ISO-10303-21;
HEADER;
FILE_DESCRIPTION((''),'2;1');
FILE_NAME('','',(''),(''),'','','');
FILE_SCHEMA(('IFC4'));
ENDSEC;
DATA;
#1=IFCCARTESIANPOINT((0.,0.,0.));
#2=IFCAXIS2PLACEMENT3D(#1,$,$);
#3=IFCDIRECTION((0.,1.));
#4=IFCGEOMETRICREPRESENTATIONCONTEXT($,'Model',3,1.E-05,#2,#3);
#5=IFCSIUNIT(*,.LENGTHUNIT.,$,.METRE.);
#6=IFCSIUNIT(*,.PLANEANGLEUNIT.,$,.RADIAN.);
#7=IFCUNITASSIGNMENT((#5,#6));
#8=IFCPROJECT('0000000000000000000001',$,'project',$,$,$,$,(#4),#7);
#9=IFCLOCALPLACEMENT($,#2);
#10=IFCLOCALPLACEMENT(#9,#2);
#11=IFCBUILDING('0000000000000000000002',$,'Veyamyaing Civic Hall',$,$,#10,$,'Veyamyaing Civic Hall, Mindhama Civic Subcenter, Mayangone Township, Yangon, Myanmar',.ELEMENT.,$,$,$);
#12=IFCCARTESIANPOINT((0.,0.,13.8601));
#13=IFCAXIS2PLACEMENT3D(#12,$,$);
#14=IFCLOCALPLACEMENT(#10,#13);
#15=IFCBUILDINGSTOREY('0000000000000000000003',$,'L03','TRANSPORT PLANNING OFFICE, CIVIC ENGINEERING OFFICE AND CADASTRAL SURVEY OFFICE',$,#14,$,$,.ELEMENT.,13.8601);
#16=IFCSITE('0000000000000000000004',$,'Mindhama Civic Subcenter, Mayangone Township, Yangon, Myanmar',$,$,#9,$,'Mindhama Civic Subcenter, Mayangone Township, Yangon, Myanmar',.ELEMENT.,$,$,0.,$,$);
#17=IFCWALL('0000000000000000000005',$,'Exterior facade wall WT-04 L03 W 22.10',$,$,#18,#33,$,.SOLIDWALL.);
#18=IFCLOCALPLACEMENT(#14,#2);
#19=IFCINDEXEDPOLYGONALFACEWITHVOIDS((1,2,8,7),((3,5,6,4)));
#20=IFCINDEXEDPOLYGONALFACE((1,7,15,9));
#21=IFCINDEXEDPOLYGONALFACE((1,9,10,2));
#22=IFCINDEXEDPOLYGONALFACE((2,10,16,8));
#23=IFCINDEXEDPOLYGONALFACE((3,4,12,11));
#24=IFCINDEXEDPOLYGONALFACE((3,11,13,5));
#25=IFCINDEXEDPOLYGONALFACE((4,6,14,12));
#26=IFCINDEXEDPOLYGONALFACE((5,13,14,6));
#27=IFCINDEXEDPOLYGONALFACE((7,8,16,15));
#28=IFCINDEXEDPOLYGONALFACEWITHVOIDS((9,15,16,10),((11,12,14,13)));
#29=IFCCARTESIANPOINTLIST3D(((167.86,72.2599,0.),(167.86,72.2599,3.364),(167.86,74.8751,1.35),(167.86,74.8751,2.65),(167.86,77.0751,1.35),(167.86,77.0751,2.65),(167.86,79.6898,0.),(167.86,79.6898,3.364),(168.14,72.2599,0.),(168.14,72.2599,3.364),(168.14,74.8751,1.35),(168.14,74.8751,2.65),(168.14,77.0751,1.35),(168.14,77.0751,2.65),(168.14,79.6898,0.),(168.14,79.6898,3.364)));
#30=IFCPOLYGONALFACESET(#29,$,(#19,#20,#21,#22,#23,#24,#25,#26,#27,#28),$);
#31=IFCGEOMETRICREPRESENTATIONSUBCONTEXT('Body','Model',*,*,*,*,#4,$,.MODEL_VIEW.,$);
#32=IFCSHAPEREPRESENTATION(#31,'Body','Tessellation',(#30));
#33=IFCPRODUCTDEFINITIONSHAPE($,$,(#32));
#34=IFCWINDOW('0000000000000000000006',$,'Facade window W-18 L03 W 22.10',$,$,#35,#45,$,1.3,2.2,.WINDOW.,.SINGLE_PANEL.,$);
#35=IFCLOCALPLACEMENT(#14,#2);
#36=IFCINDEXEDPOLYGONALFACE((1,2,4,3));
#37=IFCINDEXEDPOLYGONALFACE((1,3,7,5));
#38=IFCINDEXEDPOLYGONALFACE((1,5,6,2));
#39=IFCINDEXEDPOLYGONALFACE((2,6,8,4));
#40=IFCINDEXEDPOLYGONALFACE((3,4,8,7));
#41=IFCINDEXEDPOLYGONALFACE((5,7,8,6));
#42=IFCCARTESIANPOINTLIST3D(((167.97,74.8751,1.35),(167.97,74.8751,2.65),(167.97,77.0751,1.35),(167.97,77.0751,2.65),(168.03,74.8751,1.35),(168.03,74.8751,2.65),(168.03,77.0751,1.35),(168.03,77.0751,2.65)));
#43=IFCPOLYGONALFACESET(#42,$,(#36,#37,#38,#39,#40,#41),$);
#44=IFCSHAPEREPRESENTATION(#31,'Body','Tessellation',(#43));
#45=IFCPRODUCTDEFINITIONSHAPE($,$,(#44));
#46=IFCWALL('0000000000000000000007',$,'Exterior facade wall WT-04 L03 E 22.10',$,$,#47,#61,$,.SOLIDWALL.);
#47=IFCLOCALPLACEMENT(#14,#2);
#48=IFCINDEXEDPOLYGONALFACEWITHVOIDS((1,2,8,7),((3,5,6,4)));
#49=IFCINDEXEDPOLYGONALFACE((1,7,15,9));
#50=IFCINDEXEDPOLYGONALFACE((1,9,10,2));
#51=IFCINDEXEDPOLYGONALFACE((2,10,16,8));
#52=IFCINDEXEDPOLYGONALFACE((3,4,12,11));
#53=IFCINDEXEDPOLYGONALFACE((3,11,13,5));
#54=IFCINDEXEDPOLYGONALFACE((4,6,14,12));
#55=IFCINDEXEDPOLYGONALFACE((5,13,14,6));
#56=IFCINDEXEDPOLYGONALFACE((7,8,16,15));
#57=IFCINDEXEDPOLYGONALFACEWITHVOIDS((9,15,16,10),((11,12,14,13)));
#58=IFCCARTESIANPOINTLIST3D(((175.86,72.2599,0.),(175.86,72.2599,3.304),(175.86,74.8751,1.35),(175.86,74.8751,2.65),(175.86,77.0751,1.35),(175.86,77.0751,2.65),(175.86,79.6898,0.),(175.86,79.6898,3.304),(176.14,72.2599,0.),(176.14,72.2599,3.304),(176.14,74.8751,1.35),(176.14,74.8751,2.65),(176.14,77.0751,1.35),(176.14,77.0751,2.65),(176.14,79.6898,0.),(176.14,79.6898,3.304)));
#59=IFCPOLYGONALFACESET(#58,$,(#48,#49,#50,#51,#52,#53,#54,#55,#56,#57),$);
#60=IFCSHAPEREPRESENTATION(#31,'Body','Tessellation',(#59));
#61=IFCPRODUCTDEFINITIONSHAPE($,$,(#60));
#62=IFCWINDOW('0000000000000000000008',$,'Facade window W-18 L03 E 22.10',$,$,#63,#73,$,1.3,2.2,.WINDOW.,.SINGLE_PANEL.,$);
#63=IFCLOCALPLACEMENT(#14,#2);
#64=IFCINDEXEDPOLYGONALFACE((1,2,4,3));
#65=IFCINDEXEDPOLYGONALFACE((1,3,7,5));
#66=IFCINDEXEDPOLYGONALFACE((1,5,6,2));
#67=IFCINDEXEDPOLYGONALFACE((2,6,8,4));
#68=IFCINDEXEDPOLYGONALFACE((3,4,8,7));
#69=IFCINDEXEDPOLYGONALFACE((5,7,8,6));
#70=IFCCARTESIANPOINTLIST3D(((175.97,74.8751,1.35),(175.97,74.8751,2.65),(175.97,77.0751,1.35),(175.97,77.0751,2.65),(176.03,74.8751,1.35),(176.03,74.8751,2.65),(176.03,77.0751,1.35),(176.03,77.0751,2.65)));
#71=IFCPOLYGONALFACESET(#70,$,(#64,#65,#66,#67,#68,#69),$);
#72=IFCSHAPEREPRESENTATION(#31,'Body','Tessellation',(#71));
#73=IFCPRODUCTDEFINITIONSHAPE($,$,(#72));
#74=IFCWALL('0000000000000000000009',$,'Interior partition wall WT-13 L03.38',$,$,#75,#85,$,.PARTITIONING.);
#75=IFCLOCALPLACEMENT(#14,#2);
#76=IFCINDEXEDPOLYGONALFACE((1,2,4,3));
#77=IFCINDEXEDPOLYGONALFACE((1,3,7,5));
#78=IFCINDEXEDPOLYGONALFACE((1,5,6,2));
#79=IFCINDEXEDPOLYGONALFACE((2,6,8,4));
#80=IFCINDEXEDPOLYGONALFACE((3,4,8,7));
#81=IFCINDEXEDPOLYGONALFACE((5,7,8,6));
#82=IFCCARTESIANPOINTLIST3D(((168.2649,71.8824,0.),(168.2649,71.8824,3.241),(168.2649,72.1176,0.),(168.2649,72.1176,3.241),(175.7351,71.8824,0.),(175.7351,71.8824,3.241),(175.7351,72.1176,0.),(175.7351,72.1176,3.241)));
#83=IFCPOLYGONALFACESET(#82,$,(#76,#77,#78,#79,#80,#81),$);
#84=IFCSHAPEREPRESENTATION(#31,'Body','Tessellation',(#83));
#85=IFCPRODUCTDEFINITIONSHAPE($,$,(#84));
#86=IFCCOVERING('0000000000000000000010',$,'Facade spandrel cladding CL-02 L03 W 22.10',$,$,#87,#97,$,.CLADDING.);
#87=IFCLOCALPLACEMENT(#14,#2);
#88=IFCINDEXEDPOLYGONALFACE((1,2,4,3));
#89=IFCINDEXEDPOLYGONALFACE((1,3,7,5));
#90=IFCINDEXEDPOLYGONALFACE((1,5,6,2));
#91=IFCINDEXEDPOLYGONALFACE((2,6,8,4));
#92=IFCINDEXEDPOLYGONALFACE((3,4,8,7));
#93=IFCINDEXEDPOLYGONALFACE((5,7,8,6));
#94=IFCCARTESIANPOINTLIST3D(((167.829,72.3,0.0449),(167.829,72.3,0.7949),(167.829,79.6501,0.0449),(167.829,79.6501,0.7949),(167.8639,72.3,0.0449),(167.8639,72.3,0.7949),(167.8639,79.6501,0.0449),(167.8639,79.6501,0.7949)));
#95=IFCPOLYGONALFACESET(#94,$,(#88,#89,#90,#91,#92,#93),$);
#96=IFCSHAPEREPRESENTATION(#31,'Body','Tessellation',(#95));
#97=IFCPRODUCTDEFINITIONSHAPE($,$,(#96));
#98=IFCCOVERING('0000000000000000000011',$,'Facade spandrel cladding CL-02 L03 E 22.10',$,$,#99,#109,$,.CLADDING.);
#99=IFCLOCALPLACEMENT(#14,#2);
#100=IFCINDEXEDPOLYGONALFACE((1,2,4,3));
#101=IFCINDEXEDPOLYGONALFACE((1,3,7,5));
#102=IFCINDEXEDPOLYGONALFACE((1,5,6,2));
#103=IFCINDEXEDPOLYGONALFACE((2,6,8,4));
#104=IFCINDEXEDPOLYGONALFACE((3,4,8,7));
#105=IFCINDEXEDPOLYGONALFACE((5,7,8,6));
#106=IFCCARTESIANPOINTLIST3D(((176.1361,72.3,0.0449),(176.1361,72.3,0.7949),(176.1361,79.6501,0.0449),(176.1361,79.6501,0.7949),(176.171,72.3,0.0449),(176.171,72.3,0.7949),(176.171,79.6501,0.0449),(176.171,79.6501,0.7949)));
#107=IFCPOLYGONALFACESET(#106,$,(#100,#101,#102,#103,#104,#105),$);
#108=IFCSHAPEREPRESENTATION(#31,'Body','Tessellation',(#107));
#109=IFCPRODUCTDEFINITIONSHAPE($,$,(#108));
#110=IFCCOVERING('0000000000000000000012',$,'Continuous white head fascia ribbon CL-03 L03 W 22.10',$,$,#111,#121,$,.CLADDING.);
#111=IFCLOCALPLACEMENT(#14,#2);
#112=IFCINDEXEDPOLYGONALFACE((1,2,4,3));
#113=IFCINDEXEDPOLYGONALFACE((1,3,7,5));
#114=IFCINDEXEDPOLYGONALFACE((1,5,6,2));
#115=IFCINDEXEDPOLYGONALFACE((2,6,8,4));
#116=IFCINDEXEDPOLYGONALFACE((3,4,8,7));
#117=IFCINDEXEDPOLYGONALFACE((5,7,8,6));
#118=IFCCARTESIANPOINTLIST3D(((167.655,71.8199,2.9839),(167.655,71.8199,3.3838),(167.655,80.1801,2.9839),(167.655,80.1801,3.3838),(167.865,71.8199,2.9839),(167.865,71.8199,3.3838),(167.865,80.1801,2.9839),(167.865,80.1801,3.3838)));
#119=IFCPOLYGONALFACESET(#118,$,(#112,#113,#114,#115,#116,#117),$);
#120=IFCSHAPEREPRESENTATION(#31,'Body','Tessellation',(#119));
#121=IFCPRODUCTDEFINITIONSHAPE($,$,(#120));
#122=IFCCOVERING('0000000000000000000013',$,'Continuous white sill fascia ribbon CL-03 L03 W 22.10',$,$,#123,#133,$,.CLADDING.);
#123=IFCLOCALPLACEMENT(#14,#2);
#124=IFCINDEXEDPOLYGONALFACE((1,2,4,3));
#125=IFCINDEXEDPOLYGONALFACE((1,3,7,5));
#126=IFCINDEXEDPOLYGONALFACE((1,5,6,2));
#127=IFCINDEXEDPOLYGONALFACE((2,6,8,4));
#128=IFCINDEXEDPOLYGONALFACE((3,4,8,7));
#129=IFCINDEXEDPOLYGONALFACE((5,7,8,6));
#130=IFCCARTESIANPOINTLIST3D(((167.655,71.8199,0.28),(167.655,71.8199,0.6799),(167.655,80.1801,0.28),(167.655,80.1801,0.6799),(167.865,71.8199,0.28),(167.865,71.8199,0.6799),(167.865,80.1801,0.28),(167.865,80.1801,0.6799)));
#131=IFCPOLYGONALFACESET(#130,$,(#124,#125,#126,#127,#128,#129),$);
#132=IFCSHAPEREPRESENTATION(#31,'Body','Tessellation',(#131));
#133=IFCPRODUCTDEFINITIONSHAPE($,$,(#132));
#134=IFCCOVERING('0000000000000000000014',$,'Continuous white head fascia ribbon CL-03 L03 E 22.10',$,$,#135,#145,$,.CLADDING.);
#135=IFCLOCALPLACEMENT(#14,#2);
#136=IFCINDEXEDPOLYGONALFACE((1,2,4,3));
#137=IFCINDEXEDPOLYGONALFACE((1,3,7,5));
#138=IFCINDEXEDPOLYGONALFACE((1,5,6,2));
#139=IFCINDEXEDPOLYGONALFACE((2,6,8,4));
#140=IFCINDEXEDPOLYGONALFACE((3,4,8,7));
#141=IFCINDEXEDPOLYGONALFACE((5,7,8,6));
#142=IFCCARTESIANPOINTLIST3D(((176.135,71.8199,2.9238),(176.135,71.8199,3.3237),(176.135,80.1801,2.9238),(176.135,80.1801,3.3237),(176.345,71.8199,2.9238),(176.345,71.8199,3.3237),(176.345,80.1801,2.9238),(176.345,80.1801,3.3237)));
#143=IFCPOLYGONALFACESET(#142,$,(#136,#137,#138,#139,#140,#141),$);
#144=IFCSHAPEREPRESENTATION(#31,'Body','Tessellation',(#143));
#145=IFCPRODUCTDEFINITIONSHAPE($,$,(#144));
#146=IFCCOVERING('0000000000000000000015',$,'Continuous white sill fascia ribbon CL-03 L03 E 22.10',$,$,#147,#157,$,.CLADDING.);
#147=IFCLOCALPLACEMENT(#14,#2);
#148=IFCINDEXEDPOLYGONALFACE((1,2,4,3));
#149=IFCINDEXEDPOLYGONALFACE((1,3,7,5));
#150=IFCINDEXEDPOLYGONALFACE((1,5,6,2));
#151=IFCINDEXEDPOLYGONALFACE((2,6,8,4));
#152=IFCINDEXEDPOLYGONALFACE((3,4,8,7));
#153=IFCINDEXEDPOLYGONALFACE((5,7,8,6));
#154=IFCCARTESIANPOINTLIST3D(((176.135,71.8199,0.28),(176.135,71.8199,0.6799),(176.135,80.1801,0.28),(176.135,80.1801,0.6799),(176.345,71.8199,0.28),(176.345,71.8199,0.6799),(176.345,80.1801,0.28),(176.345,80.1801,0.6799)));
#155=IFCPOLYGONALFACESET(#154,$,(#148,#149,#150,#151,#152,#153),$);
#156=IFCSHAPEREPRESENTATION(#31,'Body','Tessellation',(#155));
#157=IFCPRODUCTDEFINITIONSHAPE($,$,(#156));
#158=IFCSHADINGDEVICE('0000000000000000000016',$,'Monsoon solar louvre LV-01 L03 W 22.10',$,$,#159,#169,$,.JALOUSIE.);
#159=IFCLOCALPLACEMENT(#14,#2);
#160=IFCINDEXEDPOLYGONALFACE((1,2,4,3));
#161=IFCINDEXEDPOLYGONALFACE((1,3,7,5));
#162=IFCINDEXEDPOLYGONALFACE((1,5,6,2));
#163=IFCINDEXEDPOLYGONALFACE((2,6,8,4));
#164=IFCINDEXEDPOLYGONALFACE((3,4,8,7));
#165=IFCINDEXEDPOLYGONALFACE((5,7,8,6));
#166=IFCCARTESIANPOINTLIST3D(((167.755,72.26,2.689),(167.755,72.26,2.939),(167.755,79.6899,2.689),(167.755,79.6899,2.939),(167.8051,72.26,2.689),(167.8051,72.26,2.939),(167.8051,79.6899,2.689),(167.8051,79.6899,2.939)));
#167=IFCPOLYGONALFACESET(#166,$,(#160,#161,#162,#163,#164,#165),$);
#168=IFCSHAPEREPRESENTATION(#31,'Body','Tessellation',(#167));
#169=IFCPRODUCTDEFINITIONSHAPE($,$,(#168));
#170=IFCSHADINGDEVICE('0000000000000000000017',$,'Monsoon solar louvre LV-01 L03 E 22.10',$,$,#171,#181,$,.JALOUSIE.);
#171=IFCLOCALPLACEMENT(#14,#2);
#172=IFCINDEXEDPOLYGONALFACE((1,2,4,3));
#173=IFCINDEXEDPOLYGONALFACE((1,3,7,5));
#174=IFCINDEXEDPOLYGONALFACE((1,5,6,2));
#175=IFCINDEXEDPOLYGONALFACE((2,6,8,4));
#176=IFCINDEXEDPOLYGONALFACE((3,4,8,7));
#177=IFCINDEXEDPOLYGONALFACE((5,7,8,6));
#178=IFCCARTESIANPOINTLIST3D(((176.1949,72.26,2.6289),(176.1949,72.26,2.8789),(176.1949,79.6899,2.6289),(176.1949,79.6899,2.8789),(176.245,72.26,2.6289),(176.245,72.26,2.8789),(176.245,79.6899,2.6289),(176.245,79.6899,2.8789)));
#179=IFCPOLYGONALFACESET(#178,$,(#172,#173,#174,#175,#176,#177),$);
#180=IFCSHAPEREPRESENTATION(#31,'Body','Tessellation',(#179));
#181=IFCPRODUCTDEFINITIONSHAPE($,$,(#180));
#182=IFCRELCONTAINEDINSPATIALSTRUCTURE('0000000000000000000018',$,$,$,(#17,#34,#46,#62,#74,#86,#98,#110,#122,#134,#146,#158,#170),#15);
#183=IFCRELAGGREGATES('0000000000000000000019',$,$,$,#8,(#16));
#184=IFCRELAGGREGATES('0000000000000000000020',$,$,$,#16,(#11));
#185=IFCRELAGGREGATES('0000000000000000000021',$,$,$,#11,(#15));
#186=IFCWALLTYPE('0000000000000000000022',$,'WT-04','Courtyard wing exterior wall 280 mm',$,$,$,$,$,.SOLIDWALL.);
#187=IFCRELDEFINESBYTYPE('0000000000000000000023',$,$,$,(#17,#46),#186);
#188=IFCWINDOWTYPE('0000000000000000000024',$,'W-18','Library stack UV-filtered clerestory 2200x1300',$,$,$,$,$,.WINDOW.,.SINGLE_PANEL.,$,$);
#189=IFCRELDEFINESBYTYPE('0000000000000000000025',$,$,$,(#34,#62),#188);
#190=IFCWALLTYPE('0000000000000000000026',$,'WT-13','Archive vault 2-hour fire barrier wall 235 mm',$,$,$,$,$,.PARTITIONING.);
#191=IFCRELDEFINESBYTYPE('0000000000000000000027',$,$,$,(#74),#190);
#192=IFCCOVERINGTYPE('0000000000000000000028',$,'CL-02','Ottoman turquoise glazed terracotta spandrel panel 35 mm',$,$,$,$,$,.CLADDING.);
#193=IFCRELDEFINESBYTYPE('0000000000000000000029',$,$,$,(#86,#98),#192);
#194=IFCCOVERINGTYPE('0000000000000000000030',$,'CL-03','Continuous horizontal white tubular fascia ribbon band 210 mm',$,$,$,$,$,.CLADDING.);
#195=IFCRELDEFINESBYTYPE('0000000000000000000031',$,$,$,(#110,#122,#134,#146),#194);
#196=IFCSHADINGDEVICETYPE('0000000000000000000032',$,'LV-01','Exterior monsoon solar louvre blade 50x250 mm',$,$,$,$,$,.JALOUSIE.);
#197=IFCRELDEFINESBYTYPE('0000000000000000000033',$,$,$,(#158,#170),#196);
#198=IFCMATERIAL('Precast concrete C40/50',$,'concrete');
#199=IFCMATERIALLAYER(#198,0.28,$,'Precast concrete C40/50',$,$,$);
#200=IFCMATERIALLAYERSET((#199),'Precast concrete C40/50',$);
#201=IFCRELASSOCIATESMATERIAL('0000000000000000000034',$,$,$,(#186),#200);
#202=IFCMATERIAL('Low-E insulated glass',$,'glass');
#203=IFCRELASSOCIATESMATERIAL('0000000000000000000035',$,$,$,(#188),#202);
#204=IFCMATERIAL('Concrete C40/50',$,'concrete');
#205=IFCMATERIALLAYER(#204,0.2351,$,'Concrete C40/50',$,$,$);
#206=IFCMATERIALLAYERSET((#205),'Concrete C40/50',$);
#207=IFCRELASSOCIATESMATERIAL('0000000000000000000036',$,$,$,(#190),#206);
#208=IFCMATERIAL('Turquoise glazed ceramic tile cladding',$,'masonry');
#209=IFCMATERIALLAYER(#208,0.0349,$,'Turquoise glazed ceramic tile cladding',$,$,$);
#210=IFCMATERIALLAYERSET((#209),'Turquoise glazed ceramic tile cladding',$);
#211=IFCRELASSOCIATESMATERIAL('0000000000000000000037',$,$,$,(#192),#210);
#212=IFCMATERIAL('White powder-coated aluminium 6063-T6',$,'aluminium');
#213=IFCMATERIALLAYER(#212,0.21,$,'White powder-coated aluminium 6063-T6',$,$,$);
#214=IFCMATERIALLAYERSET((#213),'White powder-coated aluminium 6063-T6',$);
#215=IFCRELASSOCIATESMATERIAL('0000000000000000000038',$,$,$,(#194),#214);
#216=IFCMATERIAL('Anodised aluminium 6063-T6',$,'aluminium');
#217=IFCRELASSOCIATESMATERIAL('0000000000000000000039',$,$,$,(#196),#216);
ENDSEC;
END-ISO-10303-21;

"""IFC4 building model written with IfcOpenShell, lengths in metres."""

from ifc_helpers import new_model, si_unit, direction, frame, frame_2d, origin, origin_2d, place, context, subcontext, project, spatial, rectangle, extrude, material, layer, layer_set, material_profile, profile_set, type_object, element, fill, save


model = new_model("IFC4")

# Units and contexts
model_context = context("Model", 3, precision=1e-05, world=origin(), true_north=direction((0.0, 1.0)))
body_context = subcontext(model_context, "Body", "Model", "MODEL_VIEW")
ifc_project = project(units=[si_unit("LENGTHUNIT", "METRE"), si_unit("PLANEANGLEUNIT", "RADIAN")], contexts=[model_context])

# Site, building, storey
site_placement = place(None, origin())
site = spatial("IfcSite", under=ifc_project, at=site_placement, Name="Mindhama Civic Subcenter, Mayangone Township, Yangon, Myanmar", LongName="Mindhama Civic Subcenter, Mayangone Township, Yangon, Myanmar", CompositionType="ELEMENT", RefElevation=0.0)
building_placement = place(site_placement, origin())
building = spatial("IfcBuilding", under=site, at=building_placement, Name="Veyamyaing Civic Hall", LongName="Veyamyaing Civic Hall, Mindhama Civic Subcenter, Mayangone Township, Yangon, Myanmar", CompositionType="ELEMENT")
storey_placement = place(building_placement, frame((0.0, 0.0, 13.8601)))
storey = spatial("IfcBuildingStorey", under=building, at=storey_placement, Name="L03", Description="TRANSPORT PLANNING OFFICE, CIVIC ENGINEERING OFFICE AND CADASTRAL SURVEY OFFICE", CompositionType="ELEMENT", Elevation=13.8601)

# Shared definitions
ifc_material_1 = material(Name="Anodised aluminium 6063-T6", Category="aluminium")

# Shared definitions
ifc_material_2 = material(Name="Low-E insulated glass", Category="glass")

# Walls, openings, windows
ifc_material_3 = material(Name="Precast concrete C40/50", Category="concrete")
ifc_layer_1 = layer(ifc_material_3, 0.28, Name="Precast concrete C40/50")
ifc_layer_set_1 = layer_set([ifc_layer_1], Name="Precast concrete C40/50")
wall_type_1 = type_object("IfcWallType", Name="WT-04", Description="Courtyard wing exterior wall 280 mm", PredefinedType="SOLIDWALL", material=ifc_layer_set_1)
wall_1_placement = place(storey_placement, frame((168.0, 72.26, 0.0), z_axis=(0.0, 0.0, 1.0), x_axis=(0.0, 1.0, 0.0)))
wall_1 = element("IfcWall", 1, at=wall_1_placement, inside=storey, type_object=wall_type_1, Name="Exterior facade wall WT-04 L03 W 22.10", PredefinedType="SOLIDWALL", context=body_context, shape_type="SweptSolid", body=[
    extrude(rectangle(XDim=7.4299, YDim=0.28, at=frame_2d((3.7148, 0.0))), origin(), (0.0, 0.0, 1.0), 3.364),
])
opening_1_placement = place(wall_1_placement, frame((2.615, 0.0, 1.3501)))
opening_1 = element("IfcOpeningElement", 2, at=opening_1_placement, cuts=wall_1, PredefinedType="OPENING", context=body_context, shape_type="SweptSolid", body=[
    extrude(rectangle(XDim=2.2, YDim=1.3, at=frame_2d((1.1001, 0.6499))), frame((0.0, 0.1499, 0.0), z_axis=(0.0, -1.0, 0.0), x_axis=(1.0, 0.0, 0.0)), (0.0, 0.0, 1.0), 0.3),
])
window_type = type_object("IfcWindowType", Name="W-18", Description="Library stack UV-filtered clerestory 2200x1300", PartitioningType="SINGLE_PANEL", PredefinedType="WINDOW", material=ifc_material_2)
window_1_placement = place(opening_1_placement, origin())
window_1 = element("IfcWindow", 3, at=window_1_placement, inside=storey, type_object=window_type, Name="Facade window W-18 L03 W 22.10", OverallHeight=1.3, OverallWidth=2.2, PartitioningType="SINGLE_PANEL", PredefinedType="WINDOW", context=body_context, shape_type="SweptSolid", body=[
    extrude(rectangle(XDim=2.2, YDim=1.3, at=frame_2d((1.1001, 0.6499))), frame((0.0, 0.03, 0.0), z_axis=(0.0, -1.0, 0.0), x_axis=(1.0, 0.0, 0.0)), (0.0, 0.0, 1.0), 0.0601),
])
fill(opening_1, window_1)
wall_2_placement = place(storey_placement, frame((176.0, 72.26, 0.0), z_axis=(0.0, 0.0, 1.0), x_axis=(0.0, 1.0, 0.0)))
wall_2 = element("IfcWall", 4, at=wall_2_placement, inside=storey, type_object=wall_type_1, Name="Exterior facade wall WT-04 L03 E 22.10", PredefinedType="SOLIDWALL", context=body_context, shape_type="SweptSolid", body=[
    extrude(rectangle(XDim=7.4299, YDim=0.28, at=frame_2d((3.7148, 0.0))), origin(), (0.0, 0.0, 1.0), 3.304),
])
opening_2_placement = place(wall_2_placement, frame((2.615, 0.0, 1.3501)))
opening_2 = element("IfcOpeningElement", 5, at=opening_2_placement, cuts=wall_2, PredefinedType="OPENING", context=body_context, shape_type="SweptSolid", body=[
    extrude(rectangle(XDim=2.2, YDim=1.3, at=frame_2d((1.1001, 0.6499))), frame((0.0, 0.1499, 0.0), z_axis=(0.0, -1.0, 0.0), x_axis=(1.0, 0.0, 0.0)), (0.0, 0.0, 1.0), 0.3),
])
window_2_placement = place(opening_2_placement, origin())
window_2 = element("IfcWindow", 6, at=window_2_placement, inside=storey, type_object=window_type, Name="Facade window W-18 L03 E 22.10", OverallHeight=1.3, OverallWidth=2.2, PartitioningType="SINGLE_PANEL", PredefinedType="WINDOW", context=body_context, shape_type="SweptSolid", body=[
    extrude(rectangle(XDim=2.2, YDim=1.3, at=frame_2d((1.1001, 0.6499))), frame((0.0, 0.03, 0.0), z_axis=(0.0, -1.0, 0.0), x_axis=(1.0, 0.0, 0.0)), (0.0, 0.0, 1.0), 0.0601),
])
fill(opening_2, window_2)

# Wall
ifc_material_4 = material(Name="Concrete C40/50", Category="concrete")
ifc_layer_2 = layer(ifc_material_4, 0.2351, Name="Concrete C40/50")
ifc_layer_set_2 = layer_set([ifc_layer_2], Name="Concrete C40/50")
wall_type_2 = type_object("IfcWallType", Name="WT-13", Description="Archive vault 2-hour fire barrier wall 235 mm", PredefinedType="PARTITIONING", material=ifc_layer_set_2)
wall_3_placement = place(storey_placement, frame((168.2649, 72.0, 0.0), z_axis=(0.0, 0.0, 1.0), x_axis=(1.0, 0.0, 0.0)))
element("IfcWall", 7, at=wall_3_placement, inside=storey, type_object=wall_type_2, Name="Interior partition wall WT-13 L03.38", PredefinedType="PARTITIONING", context=body_context, shape_type="SweptSolid", body=[
    extrude(rectangle(XDim=7.4702, YDim=0.2351, at=frame_2d((3.7351, 0.0))), origin(), (0.0, 0.0, 1.0), 3.241),
])

# Coverings
ifc_material_5 = material(Name="Turquoise glazed ceramic tile cladding", Category="masonry")
ifc_layer_3 = layer(ifc_material_5, 0.0349, Name="Turquoise glazed ceramic tile cladding")
ifc_layer_set_3 = layer_set([ifc_layer_3], Name="Turquoise glazed ceramic tile cladding")
covering_type_1 = type_object("IfcCoveringType", Name="CL-02", Description="Ottoman turquoise glazed terracotta spandrel panel 35 mm", PredefinedType="CLADDING", material=ifc_layer_set_3)
for number, where, z_axis, x_axis, name in (
    (8, (167.8464, 75.9751, 0.0449), (0.0, 0.0, 1.0), (0.0, 1.0, 0.0), "Facade spandrel cladding CL-02 L03 W 22.10"),
    (9, (176.1536, 75.9751, 0.0449), (0.0, 0.0, 1.0), (0.0, 1.0, 0.0), "Facade spandrel cladding CL-02 L03 E 22.10"),
):
    element("IfcCovering", number, at=place(storey_placement, frame(where, z_axis=z_axis, x_axis=x_axis)), inside=storey, type_object=covering_type_1, Name=name, PredefinedType="CLADDING", context=body_context, shape_type="SweptSolid", body=[
        extrude(rectangle(XDim=7.3501, YDim=0.0349, at=origin_2d()), origin(), (0.0, 0.0, 1.0), 0.75),
    ])
ifc_material_6 = material(Name="White powder-coated aluminium 6063-T6", Category="aluminium")
ifc_layer_4 = layer(ifc_material_6, 0.21, Name="White powder-coated aluminium 6063-T6")
ifc_layer_set_4 = layer_set([ifc_layer_4], Name="White powder-coated aluminium 6063-T6")
covering_type_2 = type_object("IfcCoveringType", Name="CL-03", Description="Continuous horizontal white tubular fascia ribbon band 210 mm", PredefinedType="CLADDING", material=ifc_layer_set_4)
for number, where, z_axis, x_axis, name in (
    (10, (167.76, 76.0, 2.9839), (0.0, 0.0, 1.0), (0.0, 1.0, 0.0), "Continuous white head fascia ribbon CL-03 L03 W 22.10"),
    (11, (167.76, 76.0, 0.28), (0.0, 0.0, 1.0), (0.0, 1.0, 0.0), "Continuous white sill fascia ribbon CL-03 L03 W 22.10"),
    (12, (176.24, 76.0, 2.9238), (0.0, 0.0, 1.0), (0.0, 1.0, 0.0), "Continuous white head fascia ribbon CL-03 L03 E 22.10"),
    (13, (176.24, 76.0, 0.28), (0.0, 0.0, 1.0), (0.0, 1.0, 0.0), "Continuous white sill fascia ribbon CL-03 L03 E 22.10"),
):
    element("IfcCovering", number, at=place(storey_placement, frame(where, z_axis=z_axis, x_axis=x_axis)), inside=storey, type_object=covering_type_2, Name=name, PredefinedType="CLADDING", context=body_context, shape_type="SweptSolid", body=[
        extrude(rectangle(XDim=8.3601, YDim=0.21, at=origin_2d()), origin(), (0.0, 0.0, 1.0), 0.3999),
    ])

# Shading devices
ifc_material_profile_1 = material_profile(ifc_material_1, rectangle(XDim=0.05, YDim=0.25, at=origin_2d()), Name="LOUVRE-BLADE-50X250")
ifc_profile_set_1 = profile_set([ifc_material_profile_1], Name="Anodised aluminium 6063-T6")
shading_device_type_1 = type_object("IfcShadingDeviceType", Name="LV-01", Description="Exterior monsoon solar louvre blade 50x250 mm", PredefinedType="JALOUSIE", material=ifc_profile_set_1)
for number, where, z_axis, x_axis, name in (
    (14, (167.78, 72.26, 2.814), (0.0, 1.0, 0.0), (-1.0, 0.0, 0.0), "Monsoon solar louvre LV-01 L03 W 22.10"),
    (15, (176.22, 72.26, 2.7539), (0.0, 1.0, 0.0), (-1.0, 0.0, 0.0), "Monsoon solar louvre LV-01 L03 E 22.10"),
):
    element("IfcShadingDevice", number, at=place(storey_placement, frame(where, z_axis=z_axis, x_axis=x_axis)), inside=storey, type_object=shading_device_type_1, Name=name, PredefinedType="JALOUSIE", context=body_context, shape_type="SweptSolid", body=[
        extrude(rectangle(XDim=0.05, YDim=0.25, at=origin_2d()), origin(), (0.0, 0.0, 1.0), 7.4299),
    ])

save(model, "model.ifc")
